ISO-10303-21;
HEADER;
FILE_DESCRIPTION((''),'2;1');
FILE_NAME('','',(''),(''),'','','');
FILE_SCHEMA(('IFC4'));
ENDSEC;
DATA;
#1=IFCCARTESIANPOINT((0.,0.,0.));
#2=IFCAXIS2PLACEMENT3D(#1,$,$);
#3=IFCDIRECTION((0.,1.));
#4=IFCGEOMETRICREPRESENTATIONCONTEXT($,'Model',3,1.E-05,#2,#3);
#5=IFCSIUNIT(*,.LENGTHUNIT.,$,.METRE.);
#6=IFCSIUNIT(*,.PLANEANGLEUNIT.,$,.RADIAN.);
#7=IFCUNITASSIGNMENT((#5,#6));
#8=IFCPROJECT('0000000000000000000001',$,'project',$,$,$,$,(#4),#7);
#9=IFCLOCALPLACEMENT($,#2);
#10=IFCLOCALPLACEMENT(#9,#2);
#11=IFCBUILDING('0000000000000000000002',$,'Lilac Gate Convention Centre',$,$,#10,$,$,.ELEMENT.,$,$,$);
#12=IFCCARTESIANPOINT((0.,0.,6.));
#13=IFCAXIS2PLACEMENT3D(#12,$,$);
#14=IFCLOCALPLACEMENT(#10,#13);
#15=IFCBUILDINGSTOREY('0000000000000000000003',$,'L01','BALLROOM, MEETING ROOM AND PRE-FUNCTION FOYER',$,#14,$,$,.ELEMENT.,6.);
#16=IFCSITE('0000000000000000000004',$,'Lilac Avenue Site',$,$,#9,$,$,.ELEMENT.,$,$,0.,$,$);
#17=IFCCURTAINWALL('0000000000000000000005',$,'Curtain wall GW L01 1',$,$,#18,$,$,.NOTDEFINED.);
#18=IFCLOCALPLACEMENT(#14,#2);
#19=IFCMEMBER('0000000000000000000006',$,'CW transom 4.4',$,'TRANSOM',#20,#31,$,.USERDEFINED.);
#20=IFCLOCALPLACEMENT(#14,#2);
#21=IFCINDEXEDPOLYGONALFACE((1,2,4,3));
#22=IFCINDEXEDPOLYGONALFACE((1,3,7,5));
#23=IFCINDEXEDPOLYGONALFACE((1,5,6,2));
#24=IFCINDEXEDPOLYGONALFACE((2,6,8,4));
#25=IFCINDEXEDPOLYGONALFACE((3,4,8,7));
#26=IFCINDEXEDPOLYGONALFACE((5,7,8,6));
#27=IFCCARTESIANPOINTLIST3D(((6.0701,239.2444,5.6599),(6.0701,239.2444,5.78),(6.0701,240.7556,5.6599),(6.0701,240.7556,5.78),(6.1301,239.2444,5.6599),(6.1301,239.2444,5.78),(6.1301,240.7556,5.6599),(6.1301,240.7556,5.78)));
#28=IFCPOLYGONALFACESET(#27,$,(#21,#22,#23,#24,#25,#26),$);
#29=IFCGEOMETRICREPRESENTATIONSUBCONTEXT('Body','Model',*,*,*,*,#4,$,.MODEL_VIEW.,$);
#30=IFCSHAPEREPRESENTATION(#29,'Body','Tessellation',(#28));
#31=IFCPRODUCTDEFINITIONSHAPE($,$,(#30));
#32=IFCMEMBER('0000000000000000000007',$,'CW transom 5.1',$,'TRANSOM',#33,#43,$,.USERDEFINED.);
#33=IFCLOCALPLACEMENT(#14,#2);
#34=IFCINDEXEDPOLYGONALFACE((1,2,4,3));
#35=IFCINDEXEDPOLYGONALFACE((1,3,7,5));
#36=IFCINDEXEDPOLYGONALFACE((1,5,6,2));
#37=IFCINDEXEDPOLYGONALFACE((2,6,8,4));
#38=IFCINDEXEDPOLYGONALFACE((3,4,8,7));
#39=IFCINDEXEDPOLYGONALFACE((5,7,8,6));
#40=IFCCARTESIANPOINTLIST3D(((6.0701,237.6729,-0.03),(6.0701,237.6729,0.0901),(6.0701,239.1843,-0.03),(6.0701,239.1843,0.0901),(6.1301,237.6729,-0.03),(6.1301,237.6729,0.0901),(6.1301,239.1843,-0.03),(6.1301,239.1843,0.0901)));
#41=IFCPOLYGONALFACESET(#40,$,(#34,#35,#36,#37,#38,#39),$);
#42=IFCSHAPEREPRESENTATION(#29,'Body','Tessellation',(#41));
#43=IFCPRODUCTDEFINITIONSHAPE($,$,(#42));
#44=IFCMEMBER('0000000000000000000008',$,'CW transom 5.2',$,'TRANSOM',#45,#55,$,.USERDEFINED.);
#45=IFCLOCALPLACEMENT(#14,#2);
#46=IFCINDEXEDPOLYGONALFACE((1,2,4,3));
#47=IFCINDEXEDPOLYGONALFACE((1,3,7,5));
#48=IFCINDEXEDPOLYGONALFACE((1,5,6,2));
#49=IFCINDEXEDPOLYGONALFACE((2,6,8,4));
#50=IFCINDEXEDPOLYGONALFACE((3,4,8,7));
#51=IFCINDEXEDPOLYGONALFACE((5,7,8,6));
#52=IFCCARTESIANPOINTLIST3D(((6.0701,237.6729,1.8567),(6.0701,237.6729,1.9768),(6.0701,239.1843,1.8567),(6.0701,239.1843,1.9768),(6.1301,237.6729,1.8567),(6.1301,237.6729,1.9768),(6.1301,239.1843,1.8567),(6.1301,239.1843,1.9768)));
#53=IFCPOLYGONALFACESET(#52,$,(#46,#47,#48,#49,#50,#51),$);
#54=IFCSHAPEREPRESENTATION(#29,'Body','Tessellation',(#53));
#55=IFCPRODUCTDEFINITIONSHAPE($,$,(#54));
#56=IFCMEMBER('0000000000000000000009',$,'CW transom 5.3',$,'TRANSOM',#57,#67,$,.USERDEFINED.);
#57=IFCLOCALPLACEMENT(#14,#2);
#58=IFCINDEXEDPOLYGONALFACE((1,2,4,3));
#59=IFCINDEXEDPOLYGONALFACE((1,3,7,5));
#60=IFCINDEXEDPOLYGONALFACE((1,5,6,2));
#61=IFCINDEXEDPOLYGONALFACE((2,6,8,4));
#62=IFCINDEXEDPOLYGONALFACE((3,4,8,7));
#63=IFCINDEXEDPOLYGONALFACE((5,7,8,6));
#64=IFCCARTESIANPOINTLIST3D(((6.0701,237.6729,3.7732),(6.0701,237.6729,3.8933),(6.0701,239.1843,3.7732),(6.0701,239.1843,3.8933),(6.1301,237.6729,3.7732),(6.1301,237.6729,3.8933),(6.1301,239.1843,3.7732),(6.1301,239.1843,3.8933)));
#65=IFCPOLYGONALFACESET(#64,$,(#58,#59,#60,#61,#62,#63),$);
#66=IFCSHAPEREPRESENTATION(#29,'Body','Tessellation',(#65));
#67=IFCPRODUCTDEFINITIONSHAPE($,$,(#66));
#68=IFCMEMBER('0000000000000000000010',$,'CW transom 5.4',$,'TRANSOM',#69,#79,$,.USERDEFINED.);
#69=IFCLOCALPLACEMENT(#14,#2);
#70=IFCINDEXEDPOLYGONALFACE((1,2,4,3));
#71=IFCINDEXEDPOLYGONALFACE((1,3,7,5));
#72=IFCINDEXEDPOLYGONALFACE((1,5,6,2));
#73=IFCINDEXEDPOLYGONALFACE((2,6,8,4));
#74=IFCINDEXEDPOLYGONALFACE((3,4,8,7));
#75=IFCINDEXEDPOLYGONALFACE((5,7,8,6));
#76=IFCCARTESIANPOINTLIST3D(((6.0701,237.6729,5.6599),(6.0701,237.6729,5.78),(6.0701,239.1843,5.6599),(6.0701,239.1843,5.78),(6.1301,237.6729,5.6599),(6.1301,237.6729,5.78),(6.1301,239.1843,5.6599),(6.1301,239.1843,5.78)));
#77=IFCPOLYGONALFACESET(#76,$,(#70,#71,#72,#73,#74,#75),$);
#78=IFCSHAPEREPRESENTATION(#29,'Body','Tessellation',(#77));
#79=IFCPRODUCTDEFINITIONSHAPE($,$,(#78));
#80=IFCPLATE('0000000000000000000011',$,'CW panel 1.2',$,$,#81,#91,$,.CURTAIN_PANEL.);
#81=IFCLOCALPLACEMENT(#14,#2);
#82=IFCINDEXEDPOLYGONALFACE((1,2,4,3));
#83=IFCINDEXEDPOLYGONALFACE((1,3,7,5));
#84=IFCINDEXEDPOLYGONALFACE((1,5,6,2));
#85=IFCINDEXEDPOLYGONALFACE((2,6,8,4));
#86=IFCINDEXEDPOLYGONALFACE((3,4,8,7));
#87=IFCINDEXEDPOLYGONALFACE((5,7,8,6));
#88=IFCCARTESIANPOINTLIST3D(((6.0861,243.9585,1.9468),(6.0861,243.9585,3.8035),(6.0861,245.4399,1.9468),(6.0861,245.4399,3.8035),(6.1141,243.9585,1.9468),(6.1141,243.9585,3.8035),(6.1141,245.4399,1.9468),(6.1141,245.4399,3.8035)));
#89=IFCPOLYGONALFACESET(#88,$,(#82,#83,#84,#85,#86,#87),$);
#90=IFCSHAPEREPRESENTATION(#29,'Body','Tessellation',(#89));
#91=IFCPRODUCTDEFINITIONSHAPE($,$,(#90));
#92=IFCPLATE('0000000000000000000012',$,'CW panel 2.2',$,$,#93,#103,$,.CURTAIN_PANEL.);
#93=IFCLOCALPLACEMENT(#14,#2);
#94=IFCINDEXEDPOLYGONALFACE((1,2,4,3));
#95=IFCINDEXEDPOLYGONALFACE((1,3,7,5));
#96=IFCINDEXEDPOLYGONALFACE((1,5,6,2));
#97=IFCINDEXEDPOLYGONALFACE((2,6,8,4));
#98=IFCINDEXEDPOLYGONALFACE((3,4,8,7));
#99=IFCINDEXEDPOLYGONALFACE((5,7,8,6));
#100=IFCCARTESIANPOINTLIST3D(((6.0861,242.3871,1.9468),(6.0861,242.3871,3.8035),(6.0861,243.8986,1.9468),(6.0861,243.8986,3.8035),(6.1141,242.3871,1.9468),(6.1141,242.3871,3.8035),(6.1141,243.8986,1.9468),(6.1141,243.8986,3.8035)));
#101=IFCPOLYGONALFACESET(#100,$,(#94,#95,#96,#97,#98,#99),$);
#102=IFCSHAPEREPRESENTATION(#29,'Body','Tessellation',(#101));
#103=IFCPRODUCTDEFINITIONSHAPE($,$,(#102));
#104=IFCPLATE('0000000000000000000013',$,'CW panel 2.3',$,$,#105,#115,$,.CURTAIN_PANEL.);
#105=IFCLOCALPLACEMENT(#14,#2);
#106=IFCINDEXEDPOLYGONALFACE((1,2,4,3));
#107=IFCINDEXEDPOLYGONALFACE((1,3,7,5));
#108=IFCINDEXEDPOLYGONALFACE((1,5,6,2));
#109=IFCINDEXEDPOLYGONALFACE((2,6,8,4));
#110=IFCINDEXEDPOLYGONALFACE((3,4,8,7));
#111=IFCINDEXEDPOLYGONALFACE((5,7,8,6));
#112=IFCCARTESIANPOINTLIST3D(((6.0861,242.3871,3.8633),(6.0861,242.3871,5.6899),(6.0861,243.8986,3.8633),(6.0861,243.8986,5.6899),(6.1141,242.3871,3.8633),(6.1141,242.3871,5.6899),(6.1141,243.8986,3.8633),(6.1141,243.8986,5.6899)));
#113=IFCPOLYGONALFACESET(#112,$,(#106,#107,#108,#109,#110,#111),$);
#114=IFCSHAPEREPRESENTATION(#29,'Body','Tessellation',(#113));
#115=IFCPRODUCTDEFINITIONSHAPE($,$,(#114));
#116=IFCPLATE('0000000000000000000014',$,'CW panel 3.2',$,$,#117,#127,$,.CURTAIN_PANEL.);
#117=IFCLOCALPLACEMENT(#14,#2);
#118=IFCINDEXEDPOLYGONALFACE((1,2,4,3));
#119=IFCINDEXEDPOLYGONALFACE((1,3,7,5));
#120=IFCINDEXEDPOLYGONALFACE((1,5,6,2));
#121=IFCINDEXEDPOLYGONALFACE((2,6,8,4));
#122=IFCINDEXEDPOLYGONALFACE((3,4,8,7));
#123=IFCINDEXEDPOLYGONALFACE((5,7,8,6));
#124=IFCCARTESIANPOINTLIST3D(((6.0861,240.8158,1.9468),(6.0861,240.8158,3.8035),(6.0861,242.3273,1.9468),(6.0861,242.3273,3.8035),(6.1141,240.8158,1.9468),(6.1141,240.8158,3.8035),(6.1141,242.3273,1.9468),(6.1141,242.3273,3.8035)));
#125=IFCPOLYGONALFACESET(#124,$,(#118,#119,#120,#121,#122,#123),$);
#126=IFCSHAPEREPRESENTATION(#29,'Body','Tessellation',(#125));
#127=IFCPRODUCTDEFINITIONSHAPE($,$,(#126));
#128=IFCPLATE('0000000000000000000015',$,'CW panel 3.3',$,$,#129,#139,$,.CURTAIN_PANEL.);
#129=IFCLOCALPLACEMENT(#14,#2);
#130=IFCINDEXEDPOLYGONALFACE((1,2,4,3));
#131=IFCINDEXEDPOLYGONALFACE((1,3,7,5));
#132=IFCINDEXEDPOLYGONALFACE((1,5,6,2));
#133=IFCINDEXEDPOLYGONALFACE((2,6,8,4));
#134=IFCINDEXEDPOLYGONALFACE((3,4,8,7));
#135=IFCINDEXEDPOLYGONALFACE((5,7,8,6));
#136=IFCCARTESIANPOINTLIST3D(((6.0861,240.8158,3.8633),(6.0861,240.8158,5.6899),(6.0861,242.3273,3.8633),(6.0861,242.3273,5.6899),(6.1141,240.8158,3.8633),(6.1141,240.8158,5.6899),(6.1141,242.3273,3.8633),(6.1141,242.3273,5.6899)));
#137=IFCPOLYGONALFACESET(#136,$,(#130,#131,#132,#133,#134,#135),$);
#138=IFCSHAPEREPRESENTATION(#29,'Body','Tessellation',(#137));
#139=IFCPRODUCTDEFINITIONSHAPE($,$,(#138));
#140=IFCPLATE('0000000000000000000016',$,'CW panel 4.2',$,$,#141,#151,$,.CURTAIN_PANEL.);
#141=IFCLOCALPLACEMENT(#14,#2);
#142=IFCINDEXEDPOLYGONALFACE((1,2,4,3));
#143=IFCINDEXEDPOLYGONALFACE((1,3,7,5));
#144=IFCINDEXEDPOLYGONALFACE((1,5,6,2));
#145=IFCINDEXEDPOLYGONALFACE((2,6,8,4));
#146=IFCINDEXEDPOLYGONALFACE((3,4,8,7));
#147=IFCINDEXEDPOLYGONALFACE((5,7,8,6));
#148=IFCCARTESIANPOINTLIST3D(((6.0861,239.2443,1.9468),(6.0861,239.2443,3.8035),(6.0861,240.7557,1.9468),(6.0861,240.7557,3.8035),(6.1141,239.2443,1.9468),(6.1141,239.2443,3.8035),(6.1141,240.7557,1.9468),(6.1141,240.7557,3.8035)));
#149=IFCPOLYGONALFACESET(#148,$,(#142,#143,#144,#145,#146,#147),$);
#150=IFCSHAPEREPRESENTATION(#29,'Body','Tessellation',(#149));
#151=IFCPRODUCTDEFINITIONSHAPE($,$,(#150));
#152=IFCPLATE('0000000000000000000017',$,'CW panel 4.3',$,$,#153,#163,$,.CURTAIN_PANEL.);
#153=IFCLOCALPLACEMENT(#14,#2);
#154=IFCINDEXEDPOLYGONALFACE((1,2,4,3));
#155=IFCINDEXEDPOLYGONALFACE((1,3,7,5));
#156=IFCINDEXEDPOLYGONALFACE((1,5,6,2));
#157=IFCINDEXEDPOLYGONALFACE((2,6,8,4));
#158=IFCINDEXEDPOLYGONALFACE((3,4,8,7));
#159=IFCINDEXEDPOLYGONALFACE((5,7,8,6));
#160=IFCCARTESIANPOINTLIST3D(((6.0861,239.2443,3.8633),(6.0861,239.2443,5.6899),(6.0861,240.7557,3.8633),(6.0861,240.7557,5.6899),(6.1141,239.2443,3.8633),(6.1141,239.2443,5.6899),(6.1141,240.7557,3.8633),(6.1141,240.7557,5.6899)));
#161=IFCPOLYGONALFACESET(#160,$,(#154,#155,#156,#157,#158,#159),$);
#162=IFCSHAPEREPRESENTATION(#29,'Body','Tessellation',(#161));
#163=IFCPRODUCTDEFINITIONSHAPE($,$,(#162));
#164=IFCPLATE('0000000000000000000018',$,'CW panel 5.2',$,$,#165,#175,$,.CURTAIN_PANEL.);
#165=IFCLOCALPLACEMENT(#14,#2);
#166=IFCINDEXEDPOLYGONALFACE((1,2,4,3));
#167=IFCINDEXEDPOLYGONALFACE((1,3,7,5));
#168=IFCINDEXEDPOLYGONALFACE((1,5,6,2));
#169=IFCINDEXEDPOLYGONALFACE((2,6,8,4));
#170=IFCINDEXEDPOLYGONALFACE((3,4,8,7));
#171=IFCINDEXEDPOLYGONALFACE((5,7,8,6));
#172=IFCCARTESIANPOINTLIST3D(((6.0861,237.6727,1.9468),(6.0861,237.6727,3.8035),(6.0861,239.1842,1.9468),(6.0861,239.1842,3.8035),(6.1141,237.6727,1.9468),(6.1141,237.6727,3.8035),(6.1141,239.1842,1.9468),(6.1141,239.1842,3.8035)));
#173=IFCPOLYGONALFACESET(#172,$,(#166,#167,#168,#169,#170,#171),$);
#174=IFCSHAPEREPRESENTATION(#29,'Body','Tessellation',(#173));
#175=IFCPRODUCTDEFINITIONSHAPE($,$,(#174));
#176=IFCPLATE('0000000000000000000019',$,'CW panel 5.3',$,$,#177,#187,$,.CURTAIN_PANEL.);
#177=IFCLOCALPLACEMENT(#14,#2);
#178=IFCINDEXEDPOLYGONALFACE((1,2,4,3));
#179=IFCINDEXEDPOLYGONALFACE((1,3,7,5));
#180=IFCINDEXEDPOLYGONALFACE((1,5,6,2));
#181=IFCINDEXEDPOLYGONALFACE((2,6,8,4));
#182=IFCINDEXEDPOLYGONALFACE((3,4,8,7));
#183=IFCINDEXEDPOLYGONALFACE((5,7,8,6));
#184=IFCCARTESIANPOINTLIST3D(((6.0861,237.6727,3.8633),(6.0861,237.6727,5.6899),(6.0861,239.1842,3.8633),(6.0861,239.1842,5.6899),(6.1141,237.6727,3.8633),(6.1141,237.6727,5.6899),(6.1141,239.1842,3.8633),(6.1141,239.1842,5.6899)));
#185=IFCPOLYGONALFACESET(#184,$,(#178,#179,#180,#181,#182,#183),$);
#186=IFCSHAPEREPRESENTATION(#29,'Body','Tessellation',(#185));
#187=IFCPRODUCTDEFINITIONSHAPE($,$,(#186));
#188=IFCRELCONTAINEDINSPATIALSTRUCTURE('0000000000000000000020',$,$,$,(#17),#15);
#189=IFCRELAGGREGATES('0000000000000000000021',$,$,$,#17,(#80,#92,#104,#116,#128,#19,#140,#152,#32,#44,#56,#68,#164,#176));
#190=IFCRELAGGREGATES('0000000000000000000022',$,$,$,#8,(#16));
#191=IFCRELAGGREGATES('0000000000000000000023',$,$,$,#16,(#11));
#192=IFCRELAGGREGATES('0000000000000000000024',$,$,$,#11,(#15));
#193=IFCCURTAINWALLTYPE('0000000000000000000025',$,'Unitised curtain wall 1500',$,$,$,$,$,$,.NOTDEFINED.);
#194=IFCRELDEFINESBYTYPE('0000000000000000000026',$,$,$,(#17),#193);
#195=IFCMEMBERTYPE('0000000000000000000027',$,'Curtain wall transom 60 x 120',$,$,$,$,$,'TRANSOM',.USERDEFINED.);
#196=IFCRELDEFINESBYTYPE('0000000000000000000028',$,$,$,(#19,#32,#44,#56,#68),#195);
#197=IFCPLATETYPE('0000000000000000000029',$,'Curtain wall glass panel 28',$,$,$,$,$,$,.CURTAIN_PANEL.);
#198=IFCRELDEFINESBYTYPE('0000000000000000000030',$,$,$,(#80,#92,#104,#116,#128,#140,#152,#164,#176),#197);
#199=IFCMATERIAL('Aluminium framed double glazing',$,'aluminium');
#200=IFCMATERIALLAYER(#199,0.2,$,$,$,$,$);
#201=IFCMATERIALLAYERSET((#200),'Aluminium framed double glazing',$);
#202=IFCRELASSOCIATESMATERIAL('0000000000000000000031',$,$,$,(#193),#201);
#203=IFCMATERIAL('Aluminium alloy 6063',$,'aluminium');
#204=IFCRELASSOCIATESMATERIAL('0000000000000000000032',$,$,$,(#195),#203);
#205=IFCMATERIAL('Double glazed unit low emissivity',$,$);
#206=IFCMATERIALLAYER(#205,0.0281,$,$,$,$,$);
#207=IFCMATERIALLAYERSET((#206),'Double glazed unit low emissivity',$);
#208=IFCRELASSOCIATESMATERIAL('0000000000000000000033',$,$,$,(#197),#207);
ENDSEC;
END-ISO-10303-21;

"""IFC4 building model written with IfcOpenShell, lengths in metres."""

from ifc_helpers import new_model, si_unit, direction, frame, origin, origin_2d, place, context, subcontext, project, spatial, rectangle, extrude, material, layer, layer_set, material_profile, profile_set, type_object, element, aggregate, save


model = new_model("IFC4")

# Units and contexts
model_context = context("Model", 3, precision=1e-05, world=origin(), true_north=direction((0.0, 1.0)))
body_context = subcontext(model_context, "Body", "Model", "MODEL_VIEW")
ifc_project = project(units=[si_unit("LENGTHUNIT", "METRE"), si_unit("PLANEANGLEUNIT", "RADIAN")], contexts=[model_context])

# Site, building, storey
site_placement = place(None, origin())
site = spatial("IfcSite", under=ifc_project, at=site_placement, Name="Lilac Avenue Site", CompositionType="ELEMENT", RefElevation=0.0)
building_placement = place(site_placement, origin())
building = spatial("IfcBuilding", under=site, at=building_placement, Name="Lilac Gate Convention Centre", CompositionType="ELEMENT")
storey_placement = place(building_placement, frame((0.0, 0.0, 6.0)))
storey = spatial("IfcBuildingStorey", under=building, at=storey_placement, Name="L01", Description="BALLROOM, MEETING ROOM AND PRE-FUNCTION FOYER", CompositionType="ELEMENT", Elevation=6.0)

# Curtain wall, members, plates
ifc_material_1 = material(Name="Aluminium framed double glazing", Category="aluminium")
ifc_layer_1 = layer(ifc_material_1, 0.2)
ifc_layer_set_1 = layer_set([ifc_layer_1], Name="Aluminium framed double glazing")
curtain_wall_type = type_object("IfcCurtainWallType", Name="Unitised curtain wall 1500", PredefinedType="NOTDEFINED", material=ifc_layer_set_1)
curtain_wall_placement = place(storey_placement, origin())
curtain_wall = element("IfcCurtainWall", 1, at=curtain_wall_placement, inside=storey, type_object=curtain_wall_type, Name="Curtain wall GW L01 1", PredefinedType="NOTDEFINED")
ifc_material_2 = material(Name="Aluminium alloy 6063", Category="aluminium")
ifc_material_profile_1 = material_profile(ifc_material_2, rectangle(XDim=0.0601, YDim=0.1201, at=origin_2d()), Name="Curtain wall transom 60 x 120")
ifc_profile_set_1 = profile_set([ifc_material_profile_1], Name="Aluminium alloy 6063")
member_type_1 = type_object("IfcMemberType", Name="Curtain wall transom 60 x 120", ElementType="TRANSOM", PredefinedType="USERDEFINED", material=ifc_profile_set_1)
member_1_placement = place(storey_placement, frame((6.1001, 240.7556, 5.72), z_axis=(0.0, -1.0, 0.0), x_axis=(1.0, 0.0, 0.0)))
member_1 = element("IfcMember", 2, at=member_1_placement, type_object=member_type_1, Name="CW transom 4.4", ObjectType="TRANSOM", PredefinedType="USERDEFINED", context=body_context, shape_type="SweptSolid", body=[
    extrude(rectangle(XDim=0.0601, YDim=0.1201, at=origin_2d()), origin(), (0.0, 0.0, 1.0), 1.5112),
])
member_2_placement = place(storey_placement, frame((6.1001, 239.1843, 0.03), z_axis=(0.0, -1.0, 0.0), x_axis=(1.0, 0.0, 0.0)))
member_2 = element("IfcMember", 3, at=member_2_placement, type_object=member_type_1, Name="CW transom 5.1", ObjectType="TRANSOM", PredefinedType="USERDEFINED", context=body_context, shape_type="SweptSolid", body=[
    extrude(rectangle(XDim=0.0601, YDim=0.1201, at=origin_2d()), origin(), (0.0, 0.0, 1.0), 1.5115),
])
member_3_placement = place(storey_placement, frame((6.1001, 239.1843, 1.9167), z_axis=(0.0, -1.0, 0.0), x_axis=(1.0, 0.0, 0.0)))
member_3 = element("IfcMember", 4, at=member_3_placement, type_object=member_type_1, Name="CW transom 5.2", ObjectType="TRANSOM", PredefinedType="USERDEFINED", context=body_context, shape_type="SweptSolid", body=[
    extrude(rectangle(XDim=0.0601, YDim=0.1201, at=origin_2d()), origin(), (0.0, 0.0, 1.0), 1.5115),
])
member_4_placement = place(storey_placement, frame((6.1001, 239.1843, 3.8333), z_axis=(0.0, -1.0, 0.0), x_axis=(1.0, 0.0, 0.0)))
member_4 = element("IfcMember", 5, at=member_4_placement, type_object=member_type_1, Name="CW transom 5.3", ObjectType="TRANSOM", PredefinedType="USERDEFINED", context=body_context, shape_type="SweptSolid", body=[
    extrude(rectangle(XDim=0.0601, YDim=0.1201, at=origin_2d()), origin(), (0.0, 0.0, 1.0), 1.5115),
])
member_5_placement = place(storey_placement, frame((6.1001, 239.1843, 5.72), z_axis=(0.0, -1.0, 0.0), x_axis=(1.0, 0.0, 0.0)))
member_5 = element("IfcMember", 6, at=member_5_placement, type_object=member_type_1, Name="CW transom 5.4", ObjectType="TRANSOM", PredefinedType="USERDEFINED", context=body_context, shape_type="SweptSolid", body=[
    extrude(rectangle(XDim=0.0601, YDim=0.1201, at=origin_2d()), origin(), (0.0, 0.0, 1.0), 1.5115),
])
ifc_material_3 = material(Name="Double glazed unit low emissivity")
ifc_layer_2 = layer(ifc_material_3, 0.0281)
ifc_layer_set_2 = layer_set([ifc_layer_2], Name="Double glazed unit low emissivity")
plate_type_1 = type_object("IfcPlateType", Name="Curtain wall glass panel 28", PredefinedType="CURTAIN_PANEL", material=ifc_layer_set_2)
plate_1_placement = place(storey_placement, frame((6.1001, 244.6992, 1.9468), z_axis=(0.0, 0.0, 1.0), x_axis=(0.0, -1.0, 0.0)))
plate_1 = element("IfcPlate", 7, at=plate_1_placement, type_object=plate_type_1, Name="CW panel 1.2", PredefinedType="CURTAIN_PANEL", context=body_context, shape_type="SweptSolid", body=[
    extrude(rectangle(XDim=1.4814, YDim=0.0281, at=origin_2d()), origin(), (0.0, 0.0, 1.0), 1.8567),
])
plate_2_placement = place(storey_placement, frame((6.1001, 243.1428, 1.9468), z_axis=(0.0, 0.0, 1.0), x_axis=(0.0, -1.0, 0.0)))
plate_2 = element("IfcPlate", 8, at=plate_2_placement, type_object=plate_type_1, Name="CW panel 2.2", PredefinedType="CURTAIN_PANEL", context=body_context, shape_type="SweptSolid", body=[
    extrude(rectangle(XDim=1.5115, YDim=0.0281, at=origin_2d()), origin(), (0.0, 0.0, 1.0), 1.8567),
])
plate_3_placement = place(storey_placement, frame((6.1001, 243.1428, 3.8633), z_axis=(0.0, 0.0, 1.0), x_axis=(0.0, -1.0, 0.0)))
plate_3 = element("IfcPlate", 9, at=plate_3_placement, type_object=plate_type_1, Name="CW panel 2.3", PredefinedType="CURTAIN_PANEL", context=body_context, shape_type="SweptSolid", body=[
    extrude(rectangle(XDim=1.5115, YDim=0.0281, at=origin_2d()), origin(), (0.0, 0.0, 1.0), 1.8267),
])
plate_4_placement = place(storey_placement, frame((6.1001, 241.5715, 1.9468), z_axis=(0.0, 0.0, 1.0), x_axis=(0.0, -1.0, 0.0)))
plate_4 = element("IfcPlate", 10, at=plate_4_placement, type_object=plate_type_1, Name="CW panel 3.2", PredefinedType="CURTAIN_PANEL", context=body_context, shape_type="SweptSolid", body=[
    extrude(rectangle(XDim=1.5115, YDim=0.0281, at=origin_2d()), origin(), (0.0, 0.0, 1.0), 1.8567),
])
plate_5_placement = place(storey_placement, frame((6.1001, 241.5715, 3.8633), z_axis=(0.0, 0.0, 1.0), x_axis=(0.0, -1.0, 0.0)))
plate_5 = element("IfcPlate", 11, at=plate_5_placement, type_object=plate_type_1, Name="CW panel 3.3", PredefinedType="CURTAIN_PANEL", context=body_context, shape_type="SweptSolid", body=[
    extrude(rectangle(XDim=1.5115, YDim=0.0281, at=origin_2d()), origin(), (0.0, 0.0, 1.0), 1.8267),
])
plate_6_placement = place(storey_placement, frame((6.1001, 240.0, 1.9468), z_axis=(0.0, 0.0, 1.0), x_axis=(0.0, -1.0, 0.0)))
plate_6 = element("IfcPlate", 12, at=plate_6_placement, type_object=plate_type_1, Name="CW panel 4.2", PredefinedType="CURTAIN_PANEL", context=body_context, shape_type="SweptSolid", body=[
    extrude(rectangle(XDim=1.5115, YDim=0.0281, at=origin_2d()), origin(), (0.0, 0.0, 1.0), 1.8567),
])
plate_7_placement = place(storey_placement, frame((6.1001, 240.0, 3.8633), z_axis=(0.0, 0.0, 1.0), x_axis=(0.0, -1.0, 0.0)))
plate_7 = element("IfcPlate", 13, at=plate_7_placement, type_object=plate_type_1, Name="CW panel 4.3", PredefinedType="CURTAIN_PANEL", context=body_context, shape_type="SweptSolid", body=[
    extrude(rectangle(XDim=1.5115, YDim=0.0281, at=origin_2d()), origin(), (0.0, 0.0, 1.0), 1.8267),
])
plate_8_placement = place(storey_placement, frame((6.1001, 238.4285, 1.9468), z_axis=(0.0, 0.0, 1.0), x_axis=(0.0, -1.0, 0.0)))
plate_8 = element("IfcPlate", 14, at=plate_8_placement, type_object=plate_type_1, Name="CW panel 5.2", PredefinedType="CURTAIN_PANEL", context=body_context, shape_type="SweptSolid", body=[
    extrude(rectangle(XDim=1.5115, YDim=0.0281, at=origin_2d()), origin(), (0.0, 0.0, 1.0), 1.8567),
])
plate_9_placement = place(storey_placement, frame((6.1001, 238.4285, 3.8633), z_axis=(0.0, 0.0, 1.0), x_axis=(0.0, -1.0, 0.0)))
plate_9 = element("IfcPlate", 15, at=plate_9_placement, type_object=plate_type_1, Name="CW panel 5.3", PredefinedType="CURTAIN_PANEL", context=body_context, shape_type="SweptSolid", body=[
    extrude(rectangle(XDim=1.5115, YDim=0.0281, at=origin_2d()), origin(), (0.0, 0.0, 1.0), 1.8267),
])
aggregate(curtain_wall, [plate_1, plate_2, plate_3, plate_4, plate_5, member_1, plate_6, plate_7, member_2, member_3, member_4, member_5, plate_8, plate_9])

save(model, "model.ifc")
